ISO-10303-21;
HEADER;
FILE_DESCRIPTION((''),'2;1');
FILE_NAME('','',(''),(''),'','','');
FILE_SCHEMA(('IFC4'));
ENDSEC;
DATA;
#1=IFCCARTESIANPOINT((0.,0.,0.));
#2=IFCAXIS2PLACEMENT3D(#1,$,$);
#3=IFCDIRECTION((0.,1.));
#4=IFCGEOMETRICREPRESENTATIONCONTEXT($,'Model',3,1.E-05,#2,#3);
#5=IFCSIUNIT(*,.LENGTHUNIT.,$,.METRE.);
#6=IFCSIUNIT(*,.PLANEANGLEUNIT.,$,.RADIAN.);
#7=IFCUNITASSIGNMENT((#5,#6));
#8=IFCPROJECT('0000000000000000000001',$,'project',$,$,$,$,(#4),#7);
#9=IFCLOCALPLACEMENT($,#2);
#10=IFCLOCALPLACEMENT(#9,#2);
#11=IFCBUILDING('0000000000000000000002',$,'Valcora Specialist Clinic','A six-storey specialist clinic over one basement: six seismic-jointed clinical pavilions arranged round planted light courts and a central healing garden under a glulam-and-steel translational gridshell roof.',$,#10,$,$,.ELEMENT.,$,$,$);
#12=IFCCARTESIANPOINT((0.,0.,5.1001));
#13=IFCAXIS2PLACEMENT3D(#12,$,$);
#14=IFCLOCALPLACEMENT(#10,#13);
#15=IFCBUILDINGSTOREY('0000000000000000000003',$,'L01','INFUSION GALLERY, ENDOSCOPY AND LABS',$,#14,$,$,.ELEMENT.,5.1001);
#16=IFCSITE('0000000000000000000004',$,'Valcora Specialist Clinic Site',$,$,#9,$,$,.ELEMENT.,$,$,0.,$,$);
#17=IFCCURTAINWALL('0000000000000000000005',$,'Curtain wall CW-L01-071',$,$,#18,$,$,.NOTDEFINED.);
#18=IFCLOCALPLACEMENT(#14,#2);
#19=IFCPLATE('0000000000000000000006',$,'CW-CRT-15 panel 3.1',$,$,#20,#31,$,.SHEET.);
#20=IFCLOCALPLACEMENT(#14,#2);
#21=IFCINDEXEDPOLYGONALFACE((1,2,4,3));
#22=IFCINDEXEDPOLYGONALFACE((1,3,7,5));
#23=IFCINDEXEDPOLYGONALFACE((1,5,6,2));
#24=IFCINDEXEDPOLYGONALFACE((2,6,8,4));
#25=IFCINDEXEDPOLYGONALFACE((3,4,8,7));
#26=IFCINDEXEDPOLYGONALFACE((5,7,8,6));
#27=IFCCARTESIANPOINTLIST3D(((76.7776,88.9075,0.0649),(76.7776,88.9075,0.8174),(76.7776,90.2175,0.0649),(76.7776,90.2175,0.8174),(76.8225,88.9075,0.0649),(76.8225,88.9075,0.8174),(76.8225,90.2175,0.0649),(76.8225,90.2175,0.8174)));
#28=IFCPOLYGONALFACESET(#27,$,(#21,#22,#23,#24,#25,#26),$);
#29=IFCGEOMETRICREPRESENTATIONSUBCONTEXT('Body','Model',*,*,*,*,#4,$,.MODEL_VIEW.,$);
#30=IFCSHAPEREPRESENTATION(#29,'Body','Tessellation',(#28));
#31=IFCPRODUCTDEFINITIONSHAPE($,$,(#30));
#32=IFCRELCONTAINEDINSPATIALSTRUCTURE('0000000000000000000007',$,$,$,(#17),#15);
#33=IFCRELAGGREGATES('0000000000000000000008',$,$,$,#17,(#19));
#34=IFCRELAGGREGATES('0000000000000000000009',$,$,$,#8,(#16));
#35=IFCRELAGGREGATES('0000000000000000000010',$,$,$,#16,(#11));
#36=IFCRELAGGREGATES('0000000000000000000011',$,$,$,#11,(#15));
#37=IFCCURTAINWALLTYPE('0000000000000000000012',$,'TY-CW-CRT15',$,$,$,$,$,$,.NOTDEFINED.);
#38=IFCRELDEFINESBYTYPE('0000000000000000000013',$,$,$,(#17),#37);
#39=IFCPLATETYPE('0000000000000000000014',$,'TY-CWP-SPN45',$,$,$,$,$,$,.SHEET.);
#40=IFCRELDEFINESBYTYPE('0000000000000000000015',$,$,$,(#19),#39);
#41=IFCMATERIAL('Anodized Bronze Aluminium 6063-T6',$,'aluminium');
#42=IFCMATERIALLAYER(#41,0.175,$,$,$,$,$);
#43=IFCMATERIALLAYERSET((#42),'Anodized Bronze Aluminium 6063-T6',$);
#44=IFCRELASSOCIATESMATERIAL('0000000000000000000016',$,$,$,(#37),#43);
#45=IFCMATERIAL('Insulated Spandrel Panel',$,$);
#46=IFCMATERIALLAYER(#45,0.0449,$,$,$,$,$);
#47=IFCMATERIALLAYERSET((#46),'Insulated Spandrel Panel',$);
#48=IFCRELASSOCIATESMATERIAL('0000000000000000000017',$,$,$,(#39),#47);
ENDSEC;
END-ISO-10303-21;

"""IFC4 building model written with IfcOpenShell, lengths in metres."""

from ifc_helpers import new_model, si_unit, direction, frame, origin, origin_2d, place, context, subcontext, project, spatial, rectangle, extrude, material, layer, layer_set, type_object, element, aggregate, save


model = new_model("IFC4")

# Units and contexts
model_context = context("Model", 3, precision=1e-05, world=origin(), true_north=direction((0.0, 1.0)))
body_context = subcontext(model_context, "Body", "Model", "MODEL_VIEW")
ifc_project = project(units=[si_unit("LENGTHUNIT", "METRE"), si_unit("PLANEANGLEUNIT", "RADIAN")], contexts=[model_context])

# Site, building, storey
site_placement = place(None, origin())
site = spatial("IfcSite", under=ifc_project, at=site_placement, Name="Valcora Specialist Clinic Site", CompositionType="ELEMENT", RefElevation=0.0)
building_placement = place(site_placement, origin())
building = spatial("IfcBuilding", under=site, at=building_placement, Name="Valcora Specialist Clinic", Description="A six-storey specialist clinic over one basement: six seismic-jointed clinical pavilions arranged round planted light courts and a central healing garden under a glulam-and-steel translational gridshell roof.", CompositionType="ELEMENT")
storey_placement = place(building_placement, frame((0.0, 0.0, 5.1001)))
storey = spatial("IfcBuildingStorey", under=building, at=storey_placement, Name="L01", Description="INFUSION GALLERY, ENDOSCOPY AND LABS", CompositionType="ELEMENT", Elevation=5.1001)

# Curtain wall, plate
ifc_material_1 = material(Name="Anodized Bronze Aluminium 6063-T6", Category="aluminium")
ifc_layer_1 = layer(ifc_material_1, 0.175)
ifc_layer_set_1 = layer_set([ifc_layer_1], Name="Anodized Bronze Aluminium 6063-T6")
curtain_wall_type = type_object("IfcCurtainWallType", Name="TY-CW-CRT15", PredefinedType="NOTDEFINED", material=ifc_layer_set_1)
curtain_wall_placement = place(storey_placement, origin())
curtain_wall = element("IfcCurtainWall", 1, at=curtain_wall_placement, inside=storey, type_object=curtain_wall_type, Name="Curtain wall CW-L01-071", PredefinedType="NOTDEFINED")
ifc_material_2 = material(Name="Insulated Spandrel Panel")
ifc_layer_2 = layer(ifc_material_2, 0.0449)
ifc_layer_set_2 = layer_set([ifc_layer_2], Name="Insulated Spandrel Panel")
plate_type_1 = type_object("IfcPlateType", Name="TY-CWP-SPN45", PredefinedType="SHEET", material=ifc_layer_set_2)
plate_1_placement = place(storey_placement, frame((76.8, 89.5625, 0.0649), z_axis=(0.0, 0.0, 1.0), x_axis=(0.0, -1.0, 0.0)))
plate_1 = element("IfcPlate", 2, at=plate_1_placement, type_object=plate_type_1, Name="CW-CRT-15 panel 3.1", PredefinedType="SHEET", context=body_context, shape_type="SweptSolid", body=[
    extrude(rectangle(XDim=1.3101, YDim=0.0449, at=origin_2d()), origin(), (0.0, 0.0, 1.0), 0.7524),
])
aggregate(curtain_wall, [plate_1])

save(model, "model.ifc")
